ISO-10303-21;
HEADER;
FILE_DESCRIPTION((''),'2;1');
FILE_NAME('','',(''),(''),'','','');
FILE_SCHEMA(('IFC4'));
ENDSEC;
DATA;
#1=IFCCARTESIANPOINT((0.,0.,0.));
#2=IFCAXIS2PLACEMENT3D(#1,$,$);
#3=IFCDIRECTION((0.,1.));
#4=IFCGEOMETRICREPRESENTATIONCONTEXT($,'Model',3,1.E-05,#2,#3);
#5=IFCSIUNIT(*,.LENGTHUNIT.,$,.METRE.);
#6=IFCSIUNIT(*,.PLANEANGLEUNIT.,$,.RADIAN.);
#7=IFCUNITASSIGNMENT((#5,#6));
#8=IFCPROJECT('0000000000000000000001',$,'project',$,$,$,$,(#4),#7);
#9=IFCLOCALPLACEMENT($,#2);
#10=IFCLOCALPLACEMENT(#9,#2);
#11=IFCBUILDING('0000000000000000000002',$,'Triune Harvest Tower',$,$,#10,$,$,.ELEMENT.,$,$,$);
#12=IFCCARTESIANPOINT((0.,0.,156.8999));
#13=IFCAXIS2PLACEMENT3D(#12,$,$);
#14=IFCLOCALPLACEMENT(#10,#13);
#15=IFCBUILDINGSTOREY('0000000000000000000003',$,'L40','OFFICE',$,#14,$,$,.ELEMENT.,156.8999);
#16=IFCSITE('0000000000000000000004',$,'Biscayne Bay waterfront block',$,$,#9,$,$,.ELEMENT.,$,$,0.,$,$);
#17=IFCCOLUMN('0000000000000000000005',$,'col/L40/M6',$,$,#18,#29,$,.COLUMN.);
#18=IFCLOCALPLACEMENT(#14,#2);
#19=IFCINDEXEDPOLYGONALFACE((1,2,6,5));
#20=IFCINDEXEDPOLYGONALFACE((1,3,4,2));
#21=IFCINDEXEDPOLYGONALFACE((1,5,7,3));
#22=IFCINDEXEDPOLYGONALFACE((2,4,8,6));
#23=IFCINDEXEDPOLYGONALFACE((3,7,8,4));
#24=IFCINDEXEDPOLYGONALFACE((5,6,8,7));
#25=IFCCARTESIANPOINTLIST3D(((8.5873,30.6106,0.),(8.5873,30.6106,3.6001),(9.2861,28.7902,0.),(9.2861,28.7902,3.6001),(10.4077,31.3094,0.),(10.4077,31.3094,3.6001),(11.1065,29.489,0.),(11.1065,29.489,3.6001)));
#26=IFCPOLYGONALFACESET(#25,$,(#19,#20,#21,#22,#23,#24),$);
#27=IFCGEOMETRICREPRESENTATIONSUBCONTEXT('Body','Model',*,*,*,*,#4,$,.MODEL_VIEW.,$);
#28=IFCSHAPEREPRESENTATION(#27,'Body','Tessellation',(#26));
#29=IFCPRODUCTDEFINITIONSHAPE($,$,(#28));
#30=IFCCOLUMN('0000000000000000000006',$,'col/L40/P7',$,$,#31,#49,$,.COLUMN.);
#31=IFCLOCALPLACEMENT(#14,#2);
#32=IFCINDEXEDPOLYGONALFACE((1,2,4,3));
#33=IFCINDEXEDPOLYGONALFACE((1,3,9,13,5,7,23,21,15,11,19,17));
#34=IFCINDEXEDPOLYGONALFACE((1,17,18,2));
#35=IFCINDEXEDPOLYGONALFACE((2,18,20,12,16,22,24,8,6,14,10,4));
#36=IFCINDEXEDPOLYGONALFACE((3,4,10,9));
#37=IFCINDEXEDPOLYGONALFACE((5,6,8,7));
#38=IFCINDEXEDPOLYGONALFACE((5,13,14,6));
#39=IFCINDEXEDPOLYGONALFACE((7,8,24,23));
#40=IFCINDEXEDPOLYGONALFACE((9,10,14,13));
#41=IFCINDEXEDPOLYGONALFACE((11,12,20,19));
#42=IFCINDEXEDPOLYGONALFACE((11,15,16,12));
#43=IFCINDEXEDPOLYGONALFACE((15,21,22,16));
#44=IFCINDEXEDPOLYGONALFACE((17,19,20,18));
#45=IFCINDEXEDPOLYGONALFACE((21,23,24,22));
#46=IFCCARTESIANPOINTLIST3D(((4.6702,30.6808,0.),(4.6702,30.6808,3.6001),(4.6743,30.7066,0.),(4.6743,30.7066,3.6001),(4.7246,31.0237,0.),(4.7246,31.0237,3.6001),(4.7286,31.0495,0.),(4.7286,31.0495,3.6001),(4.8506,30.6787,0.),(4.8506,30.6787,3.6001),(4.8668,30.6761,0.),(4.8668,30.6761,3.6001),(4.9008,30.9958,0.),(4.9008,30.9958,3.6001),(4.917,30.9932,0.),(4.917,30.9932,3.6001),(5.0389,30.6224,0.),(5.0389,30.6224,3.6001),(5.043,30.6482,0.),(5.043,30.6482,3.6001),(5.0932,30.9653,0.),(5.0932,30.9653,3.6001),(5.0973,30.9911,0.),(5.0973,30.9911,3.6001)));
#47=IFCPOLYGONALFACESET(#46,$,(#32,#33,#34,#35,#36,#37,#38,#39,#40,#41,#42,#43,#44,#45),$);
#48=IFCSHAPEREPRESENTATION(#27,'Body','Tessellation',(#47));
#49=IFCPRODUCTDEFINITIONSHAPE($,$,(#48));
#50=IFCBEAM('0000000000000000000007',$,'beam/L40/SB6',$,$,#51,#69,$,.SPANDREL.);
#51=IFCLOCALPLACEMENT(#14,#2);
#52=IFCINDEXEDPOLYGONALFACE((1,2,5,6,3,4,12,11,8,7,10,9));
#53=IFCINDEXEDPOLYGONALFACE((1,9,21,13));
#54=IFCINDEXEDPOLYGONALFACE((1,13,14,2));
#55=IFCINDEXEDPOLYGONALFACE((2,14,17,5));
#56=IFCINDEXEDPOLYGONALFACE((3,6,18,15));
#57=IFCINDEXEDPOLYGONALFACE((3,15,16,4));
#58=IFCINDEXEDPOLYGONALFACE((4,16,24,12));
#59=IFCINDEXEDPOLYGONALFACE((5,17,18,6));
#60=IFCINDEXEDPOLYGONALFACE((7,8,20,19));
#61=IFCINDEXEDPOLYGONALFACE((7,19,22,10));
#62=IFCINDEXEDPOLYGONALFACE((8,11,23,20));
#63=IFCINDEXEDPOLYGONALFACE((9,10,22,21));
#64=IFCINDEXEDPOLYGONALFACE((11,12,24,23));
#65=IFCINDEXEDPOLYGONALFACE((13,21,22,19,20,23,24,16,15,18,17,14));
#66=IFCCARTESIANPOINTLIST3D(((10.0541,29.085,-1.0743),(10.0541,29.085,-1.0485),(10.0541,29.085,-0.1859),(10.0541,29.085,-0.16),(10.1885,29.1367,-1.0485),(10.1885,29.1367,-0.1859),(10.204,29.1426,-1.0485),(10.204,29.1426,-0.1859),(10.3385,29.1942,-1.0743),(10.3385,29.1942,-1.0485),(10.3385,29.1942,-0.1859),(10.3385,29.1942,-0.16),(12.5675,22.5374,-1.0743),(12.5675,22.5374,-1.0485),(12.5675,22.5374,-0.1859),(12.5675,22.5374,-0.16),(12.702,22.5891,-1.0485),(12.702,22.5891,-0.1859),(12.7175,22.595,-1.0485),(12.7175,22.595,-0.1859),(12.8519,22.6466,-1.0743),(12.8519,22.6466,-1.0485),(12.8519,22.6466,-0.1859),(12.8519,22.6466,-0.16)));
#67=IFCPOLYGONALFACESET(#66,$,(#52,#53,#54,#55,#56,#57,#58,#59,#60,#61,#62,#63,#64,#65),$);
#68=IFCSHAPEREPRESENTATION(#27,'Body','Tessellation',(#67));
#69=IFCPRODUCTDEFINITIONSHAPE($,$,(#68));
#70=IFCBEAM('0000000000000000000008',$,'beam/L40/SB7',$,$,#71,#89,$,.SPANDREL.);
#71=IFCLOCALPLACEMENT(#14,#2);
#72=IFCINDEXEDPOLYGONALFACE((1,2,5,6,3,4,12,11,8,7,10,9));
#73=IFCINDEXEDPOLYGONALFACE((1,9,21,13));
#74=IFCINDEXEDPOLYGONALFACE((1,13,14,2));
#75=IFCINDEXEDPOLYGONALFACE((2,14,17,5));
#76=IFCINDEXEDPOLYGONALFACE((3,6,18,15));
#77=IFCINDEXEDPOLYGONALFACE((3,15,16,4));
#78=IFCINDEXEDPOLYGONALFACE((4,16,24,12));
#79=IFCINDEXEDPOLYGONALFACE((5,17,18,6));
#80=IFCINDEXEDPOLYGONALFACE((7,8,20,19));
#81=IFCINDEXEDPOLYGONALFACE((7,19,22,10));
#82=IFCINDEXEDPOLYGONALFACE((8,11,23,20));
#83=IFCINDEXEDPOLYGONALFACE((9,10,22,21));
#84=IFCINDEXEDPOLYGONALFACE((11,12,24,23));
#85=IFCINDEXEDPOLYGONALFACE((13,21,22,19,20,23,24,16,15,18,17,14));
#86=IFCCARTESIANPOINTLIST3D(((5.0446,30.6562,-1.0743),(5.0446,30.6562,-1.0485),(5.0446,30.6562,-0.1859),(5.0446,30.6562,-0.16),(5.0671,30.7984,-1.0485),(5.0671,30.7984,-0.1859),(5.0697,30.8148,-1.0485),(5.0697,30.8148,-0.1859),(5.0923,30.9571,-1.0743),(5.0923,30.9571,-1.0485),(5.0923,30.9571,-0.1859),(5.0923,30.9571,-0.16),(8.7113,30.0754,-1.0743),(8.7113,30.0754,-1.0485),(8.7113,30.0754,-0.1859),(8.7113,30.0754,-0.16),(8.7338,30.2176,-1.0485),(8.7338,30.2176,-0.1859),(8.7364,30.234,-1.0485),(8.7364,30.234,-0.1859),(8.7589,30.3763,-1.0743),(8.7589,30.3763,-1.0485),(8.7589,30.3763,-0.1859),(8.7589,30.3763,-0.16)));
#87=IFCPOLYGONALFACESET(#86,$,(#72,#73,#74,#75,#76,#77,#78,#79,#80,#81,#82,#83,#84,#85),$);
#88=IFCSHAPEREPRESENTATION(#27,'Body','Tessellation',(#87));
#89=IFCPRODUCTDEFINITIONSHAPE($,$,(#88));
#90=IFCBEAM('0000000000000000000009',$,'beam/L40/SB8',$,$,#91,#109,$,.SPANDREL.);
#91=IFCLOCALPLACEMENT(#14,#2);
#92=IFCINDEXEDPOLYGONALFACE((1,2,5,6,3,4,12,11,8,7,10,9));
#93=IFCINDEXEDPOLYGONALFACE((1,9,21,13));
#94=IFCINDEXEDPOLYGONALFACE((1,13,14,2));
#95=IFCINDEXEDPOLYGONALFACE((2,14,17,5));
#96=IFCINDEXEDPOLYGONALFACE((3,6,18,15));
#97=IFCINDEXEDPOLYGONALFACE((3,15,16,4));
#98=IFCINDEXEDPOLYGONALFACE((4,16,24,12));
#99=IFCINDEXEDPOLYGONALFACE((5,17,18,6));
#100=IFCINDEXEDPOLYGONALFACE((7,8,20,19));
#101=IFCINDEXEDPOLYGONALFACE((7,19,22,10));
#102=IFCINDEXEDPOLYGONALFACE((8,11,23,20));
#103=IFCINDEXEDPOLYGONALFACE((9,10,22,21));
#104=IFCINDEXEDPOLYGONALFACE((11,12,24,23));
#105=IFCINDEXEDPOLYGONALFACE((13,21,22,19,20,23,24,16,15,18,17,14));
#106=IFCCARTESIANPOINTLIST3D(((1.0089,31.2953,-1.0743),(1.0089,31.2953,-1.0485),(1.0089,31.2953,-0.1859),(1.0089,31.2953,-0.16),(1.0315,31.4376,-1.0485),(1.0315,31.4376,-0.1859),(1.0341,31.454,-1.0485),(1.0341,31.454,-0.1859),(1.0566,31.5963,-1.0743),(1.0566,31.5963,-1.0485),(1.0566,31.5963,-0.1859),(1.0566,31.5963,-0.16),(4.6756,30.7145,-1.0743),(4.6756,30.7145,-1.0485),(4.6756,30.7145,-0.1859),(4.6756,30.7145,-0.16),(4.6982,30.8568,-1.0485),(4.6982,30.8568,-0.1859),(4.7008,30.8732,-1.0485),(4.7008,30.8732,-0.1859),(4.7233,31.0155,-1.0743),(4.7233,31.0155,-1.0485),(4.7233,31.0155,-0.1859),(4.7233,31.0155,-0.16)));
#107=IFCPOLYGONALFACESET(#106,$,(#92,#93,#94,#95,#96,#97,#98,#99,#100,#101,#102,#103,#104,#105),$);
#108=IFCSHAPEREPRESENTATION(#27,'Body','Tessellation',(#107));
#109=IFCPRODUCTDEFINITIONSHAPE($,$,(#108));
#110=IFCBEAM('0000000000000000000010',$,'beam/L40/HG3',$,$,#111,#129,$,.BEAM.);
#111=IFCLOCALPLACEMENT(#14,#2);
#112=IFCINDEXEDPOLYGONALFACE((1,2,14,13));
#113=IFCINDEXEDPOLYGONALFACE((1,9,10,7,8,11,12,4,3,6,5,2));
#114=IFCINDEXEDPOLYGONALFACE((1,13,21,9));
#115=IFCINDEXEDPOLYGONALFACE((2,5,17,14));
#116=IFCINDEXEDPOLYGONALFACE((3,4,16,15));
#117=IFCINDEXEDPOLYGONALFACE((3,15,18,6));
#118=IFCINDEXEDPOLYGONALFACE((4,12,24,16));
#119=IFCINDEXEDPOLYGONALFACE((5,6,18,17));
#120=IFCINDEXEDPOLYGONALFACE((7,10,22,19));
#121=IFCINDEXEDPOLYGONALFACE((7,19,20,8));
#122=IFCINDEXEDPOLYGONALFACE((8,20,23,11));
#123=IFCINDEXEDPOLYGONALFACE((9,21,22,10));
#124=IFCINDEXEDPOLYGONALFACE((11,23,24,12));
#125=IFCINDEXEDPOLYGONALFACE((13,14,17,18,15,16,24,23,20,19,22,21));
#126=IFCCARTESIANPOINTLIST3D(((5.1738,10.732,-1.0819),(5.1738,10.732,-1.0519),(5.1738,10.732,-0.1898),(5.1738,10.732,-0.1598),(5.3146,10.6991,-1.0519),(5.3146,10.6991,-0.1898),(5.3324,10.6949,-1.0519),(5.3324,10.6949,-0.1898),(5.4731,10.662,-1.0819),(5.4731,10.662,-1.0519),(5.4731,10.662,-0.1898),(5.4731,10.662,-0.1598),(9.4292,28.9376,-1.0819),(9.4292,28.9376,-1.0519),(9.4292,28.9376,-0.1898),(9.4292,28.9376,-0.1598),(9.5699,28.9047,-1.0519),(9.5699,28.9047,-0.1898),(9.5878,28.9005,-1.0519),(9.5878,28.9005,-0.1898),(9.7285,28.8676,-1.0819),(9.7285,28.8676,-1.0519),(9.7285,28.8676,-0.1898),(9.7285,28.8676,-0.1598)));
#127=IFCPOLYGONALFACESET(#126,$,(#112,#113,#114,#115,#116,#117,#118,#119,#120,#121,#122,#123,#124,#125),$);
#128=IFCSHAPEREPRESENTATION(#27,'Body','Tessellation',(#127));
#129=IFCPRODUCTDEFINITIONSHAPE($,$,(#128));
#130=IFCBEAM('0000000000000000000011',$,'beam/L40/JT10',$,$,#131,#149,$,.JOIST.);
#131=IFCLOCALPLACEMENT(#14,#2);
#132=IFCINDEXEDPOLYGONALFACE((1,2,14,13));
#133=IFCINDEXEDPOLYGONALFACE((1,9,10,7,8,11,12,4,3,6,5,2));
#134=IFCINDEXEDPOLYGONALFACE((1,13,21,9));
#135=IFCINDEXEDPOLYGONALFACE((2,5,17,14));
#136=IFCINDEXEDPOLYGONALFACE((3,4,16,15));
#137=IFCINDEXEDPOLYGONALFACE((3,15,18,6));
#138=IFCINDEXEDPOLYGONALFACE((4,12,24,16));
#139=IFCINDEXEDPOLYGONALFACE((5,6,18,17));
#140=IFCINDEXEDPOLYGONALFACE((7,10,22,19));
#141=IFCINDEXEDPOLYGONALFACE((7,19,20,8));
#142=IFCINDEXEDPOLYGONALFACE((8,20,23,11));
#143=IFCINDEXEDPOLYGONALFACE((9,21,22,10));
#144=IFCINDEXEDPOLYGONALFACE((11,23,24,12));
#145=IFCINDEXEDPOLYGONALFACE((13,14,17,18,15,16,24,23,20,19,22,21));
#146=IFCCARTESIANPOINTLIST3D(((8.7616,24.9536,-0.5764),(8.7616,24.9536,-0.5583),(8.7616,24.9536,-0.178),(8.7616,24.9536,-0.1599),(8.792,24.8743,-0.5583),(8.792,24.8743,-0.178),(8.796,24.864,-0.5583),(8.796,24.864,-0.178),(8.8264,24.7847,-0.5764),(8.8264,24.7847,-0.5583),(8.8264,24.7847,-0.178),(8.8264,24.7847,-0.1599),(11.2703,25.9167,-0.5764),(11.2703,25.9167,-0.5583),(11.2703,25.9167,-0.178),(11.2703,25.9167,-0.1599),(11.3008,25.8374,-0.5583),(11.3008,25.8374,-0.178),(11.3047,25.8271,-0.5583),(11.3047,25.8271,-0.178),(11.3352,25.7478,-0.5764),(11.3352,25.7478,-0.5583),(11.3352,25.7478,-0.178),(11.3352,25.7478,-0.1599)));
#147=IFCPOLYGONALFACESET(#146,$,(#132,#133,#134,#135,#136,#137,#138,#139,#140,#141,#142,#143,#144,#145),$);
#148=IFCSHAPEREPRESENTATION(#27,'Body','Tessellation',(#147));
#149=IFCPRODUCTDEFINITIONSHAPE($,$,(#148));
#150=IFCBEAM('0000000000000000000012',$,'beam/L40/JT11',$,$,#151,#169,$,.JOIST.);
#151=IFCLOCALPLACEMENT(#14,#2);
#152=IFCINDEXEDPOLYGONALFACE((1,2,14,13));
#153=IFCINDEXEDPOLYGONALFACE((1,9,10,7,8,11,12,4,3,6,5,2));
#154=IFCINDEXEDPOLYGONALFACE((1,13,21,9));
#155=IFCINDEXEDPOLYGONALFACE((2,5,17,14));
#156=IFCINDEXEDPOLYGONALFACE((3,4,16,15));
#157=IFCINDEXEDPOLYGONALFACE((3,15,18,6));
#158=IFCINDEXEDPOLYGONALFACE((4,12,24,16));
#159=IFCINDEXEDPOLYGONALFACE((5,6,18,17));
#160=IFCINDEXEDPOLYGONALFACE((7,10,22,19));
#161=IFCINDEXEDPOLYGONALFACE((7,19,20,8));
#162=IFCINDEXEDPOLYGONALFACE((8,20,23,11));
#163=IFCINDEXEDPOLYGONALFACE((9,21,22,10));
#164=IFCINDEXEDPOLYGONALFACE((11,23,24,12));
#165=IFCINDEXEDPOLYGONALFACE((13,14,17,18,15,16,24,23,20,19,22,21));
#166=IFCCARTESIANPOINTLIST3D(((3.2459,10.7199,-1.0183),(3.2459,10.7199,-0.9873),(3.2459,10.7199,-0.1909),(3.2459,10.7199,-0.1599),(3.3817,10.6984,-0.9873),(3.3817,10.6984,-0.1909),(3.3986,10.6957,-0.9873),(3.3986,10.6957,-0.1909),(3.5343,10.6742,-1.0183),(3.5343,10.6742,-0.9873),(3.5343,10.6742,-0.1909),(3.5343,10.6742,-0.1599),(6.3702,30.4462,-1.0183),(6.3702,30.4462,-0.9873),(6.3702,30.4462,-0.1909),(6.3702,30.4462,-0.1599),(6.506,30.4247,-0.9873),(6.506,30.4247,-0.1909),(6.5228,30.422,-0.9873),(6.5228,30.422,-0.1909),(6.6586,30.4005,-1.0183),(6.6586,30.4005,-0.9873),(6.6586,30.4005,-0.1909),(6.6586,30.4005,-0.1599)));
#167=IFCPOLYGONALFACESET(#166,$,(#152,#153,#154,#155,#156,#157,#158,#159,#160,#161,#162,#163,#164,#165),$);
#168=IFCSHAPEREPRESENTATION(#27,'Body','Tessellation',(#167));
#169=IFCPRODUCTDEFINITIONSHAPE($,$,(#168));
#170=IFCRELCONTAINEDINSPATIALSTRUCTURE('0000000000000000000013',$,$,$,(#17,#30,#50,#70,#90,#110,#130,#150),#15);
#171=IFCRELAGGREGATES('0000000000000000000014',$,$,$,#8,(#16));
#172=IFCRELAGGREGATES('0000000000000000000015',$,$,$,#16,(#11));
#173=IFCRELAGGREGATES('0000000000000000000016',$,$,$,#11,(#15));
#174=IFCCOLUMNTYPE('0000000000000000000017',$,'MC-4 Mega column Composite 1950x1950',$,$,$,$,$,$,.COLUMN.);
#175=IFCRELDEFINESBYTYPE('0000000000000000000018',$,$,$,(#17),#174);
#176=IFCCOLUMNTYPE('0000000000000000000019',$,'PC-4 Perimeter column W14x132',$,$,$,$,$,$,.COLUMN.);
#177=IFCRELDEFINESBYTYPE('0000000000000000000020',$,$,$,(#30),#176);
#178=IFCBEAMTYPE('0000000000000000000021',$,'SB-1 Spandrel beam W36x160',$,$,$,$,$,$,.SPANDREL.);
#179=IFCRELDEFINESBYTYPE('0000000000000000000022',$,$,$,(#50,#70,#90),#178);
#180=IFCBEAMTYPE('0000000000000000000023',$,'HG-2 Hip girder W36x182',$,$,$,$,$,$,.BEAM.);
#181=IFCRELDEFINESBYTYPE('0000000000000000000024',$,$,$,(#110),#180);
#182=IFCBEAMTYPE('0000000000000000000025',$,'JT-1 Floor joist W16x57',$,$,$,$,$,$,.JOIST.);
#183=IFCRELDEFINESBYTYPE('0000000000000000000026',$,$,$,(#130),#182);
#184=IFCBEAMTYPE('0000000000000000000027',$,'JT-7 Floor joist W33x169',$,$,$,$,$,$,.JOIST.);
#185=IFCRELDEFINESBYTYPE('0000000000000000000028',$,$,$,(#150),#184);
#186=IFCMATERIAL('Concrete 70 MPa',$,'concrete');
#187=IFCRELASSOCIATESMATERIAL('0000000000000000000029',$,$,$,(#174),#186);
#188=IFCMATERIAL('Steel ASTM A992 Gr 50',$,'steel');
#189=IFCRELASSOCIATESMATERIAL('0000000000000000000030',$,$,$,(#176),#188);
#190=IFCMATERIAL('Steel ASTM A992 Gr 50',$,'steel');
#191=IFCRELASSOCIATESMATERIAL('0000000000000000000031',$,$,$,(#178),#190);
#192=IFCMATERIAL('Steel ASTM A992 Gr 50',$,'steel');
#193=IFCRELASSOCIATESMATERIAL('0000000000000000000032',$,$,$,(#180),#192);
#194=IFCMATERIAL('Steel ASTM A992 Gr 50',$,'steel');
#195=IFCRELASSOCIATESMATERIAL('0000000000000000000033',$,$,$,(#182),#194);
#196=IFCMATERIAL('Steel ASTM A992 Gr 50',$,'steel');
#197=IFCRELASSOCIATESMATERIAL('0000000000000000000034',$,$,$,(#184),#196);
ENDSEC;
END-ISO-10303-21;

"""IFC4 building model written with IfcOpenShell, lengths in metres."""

from ifc_helpers import new_model, si_unit, direction, frame, origin, origin_2d, place, context, subcontext, project, spatial, rectangle, i_section, extrude, source, transform, mapped, material, material_profile, profile_set, type_object, element, save


model = new_model("IFC4")

# Units and contexts
model_context = context("Model", 3, precision=1e-05, world=origin(), true_north=direction((0.0, 1.0)))
body_context = subcontext(model_context, "Body", "Model", "MODEL_VIEW")
ifc_project = project(units=[si_unit("LENGTHUNIT", "METRE"), si_unit("PLANEANGLEUNIT", "RADIAN")], contexts=[model_context])

# Site, building, storey
site_placement = place(None, origin())
site = spatial("IfcSite", under=ifc_project, at=site_placement, Name="Biscayne Bay waterfront block", CompositionType="ELEMENT", RefElevation=0.0)
building_placement = place(site_placement, origin())
building = spatial("IfcBuilding", under=site, at=building_placement, Name="Triune Harvest Tower", CompositionType="ELEMENT")
storey_placement = place(building_placement, frame((0.0, 0.0, 156.8999)))
storey = spatial("IfcBuildingStorey", under=building, at=storey_placement, Name="L40", Description="OFFICE", CompositionType="ELEMENT", Elevation=156.8999)

# Columns
ifc_material_1 = material(Name="Concrete 70 MPa", Category="concrete")
ifc_material_profile_1 = material_profile(ifc_material_1, rectangle(XDim=1.95, YDim=1.95, at=origin_2d()), Name="Composite 1950x1950")
ifc_profile_set_1 = profile_set([ifc_material_profile_1], Name="Concrete 70 MPa")
column_type_1 = type_object("IfcColumnType", Name="MC-4 Mega column Composite 1950x1950", PredefinedType="COLUMN", material=ifc_profile_set_1)
shared_shape_1 = source(origin(), body_context, "Body", "SweptSolid", [
    extrude(rectangle(XDim=1.95, YDim=1.95, at=origin_2d()), origin(), (0.0, 0.0, 1.0), 3.6001),
])
column_1_placement = place(storey_placement, frame((9.8469, 30.0498, 0.0), z_axis=(0.0, 0.0, 1.0), x_axis=(-0.358368, 0.93358, 0.0)))
element("IfcColumn", 1, at=column_1_placement, inside=storey, type_object=column_type_1, Name="col/L40/M6", PredefinedType="COLUMN", context=body_context, shape_type="MappedRepresentation", body=[
    mapped(shared_shape_1, transform((0.0, 0.0, 0.0), scale=1.0)),
])
ifc_material_2 = material(Name="Steel ASTM A992 Gr 50", Category="steel")
ifc_material_profile_2 = material_profile(ifc_material_2, i_section(OverallWidth=0.3733, OverallDepth=0.3733, WebThickness=0.0164, FlangeThickness=0.0261, at=origin_2d()), Name="W14x132")
ifc_profile_set_2 = profile_set([ifc_material_profile_2], Name="Steel ASTM A992 Gr 50")
column_type_2 = type_object("IfcColumnType", Name="PC-4 Perimeter column W14x132", PredefinedType="COLUMN", material=ifc_profile_set_2)
shared_shape_2 = source(origin(), body_context, "Body", "SweptSolid", [
    extrude(i_section(OverallWidth=0.3733, OverallDepth=0.3733, WebThickness=0.0164, FlangeThickness=0.0261, at=origin_2d()), origin(), (0.0, 0.0, 1.0), 3.6001),
])
column_2_placement = place(storey_placement, frame((4.8838, 30.8359, 0.0), z_axis=(0.0, 0.0, 1.0), x_axis=(-0.987688, 0.156434, 0.0)))
element("IfcColumn", 2, at=column_2_placement, inside=storey, type_object=column_type_2, Name="col/L40/P7", PredefinedType="COLUMN", context=body_context, shape_type="MappedRepresentation", body=[
    mapped(shared_shape_2, transform((0.0, 0.0, 0.0), scale=1.0)),
])

# Beams
ifc_material_3 = material(Name="Steel ASTM A992 Gr 50", Category="steel")
ifc_material_profile_3 = material_profile(ifc_material_3, i_section(OverallWidth=0.3047, OverallDepth=0.9143, WebThickness=0.0166, FlangeThickness=0.0259, at=origin_2d()), Name="W36x160")
ifc_profile_set_3 = profile_set([ifc_material_profile_3], Name="Steel ASTM A992 Gr 50")
beam_type_1 = type_object("IfcBeamType", Name="SB-1 Spandrel beam W36x160", PredefinedType="SPANDREL", material=ifc_profile_set_3)
shared_shape_3 = source(origin(), body_context, "Body", "SweptSolid", [
    extrude(i_section(OverallWidth=0.3047, OverallDepth=0.9143, WebThickness=0.0166, FlangeThickness=0.0259, at=origin_2d()), origin(), (0.0, 0.0, 1.0), 7.0134),
])
beam_1_placement = place(storey_placement, frame((12.7097, 22.592, -0.6172), z_axis=(-0.358373, 0.933579, 0.0), x_axis=(-0.933579, -0.358373, 0.0)))
element("IfcBeam", 3, at=beam_1_placement, inside=storey, type_object=beam_type_1, Name="beam/L40/SB6", PredefinedType="SPANDREL", context=body_context, shape_type="MappedRepresentation", body=[
    mapped(shared_shape_3, transform((0.0, 0.0, 0.0), scale=1.0)),
])
shared_shape_4 = source(origin(), body_context, "Body", "SweptSolid", [
    extrude(i_section(OverallWidth=0.3047, OverallDepth=0.9143, WebThickness=0.0166, FlangeThickness=0.0259, at=origin_2d()), origin(), (0.0, 0.0, 1.0), 3.7124),
])
for number, where, z_axis, x_axis, name in (
    (4, (8.7351, 30.2258, -0.6172), (-0.987686, 0.156449, 0.0), (-0.156449, -0.987686, 0.0), "beam/L40/SB7"),
    (5, (4.6995, 30.865, -0.6172), (-0.987686, 0.156449, 0.0), (-0.156449, -0.987686, 0.0), "beam/L40/SB8"),
):
    element("IfcBeam", number, at=place(storey_placement, frame(where, z_axis=z_axis, x_axis=x_axis)), inside=storey, type_object=beam_type_1, Name=name, PredefinedType="SPANDREL", context=body_context, shape_type="MappedRepresentation", body=[
        mapped(shared_shape_4, transform((0.0, 0.0, 0.0), scale=1.0)),
    ])
ifc_material_4 = material(Name="Steel ASTM A992 Gr 50", Category="steel")
ifc_material_profile_4 = material_profile(ifc_material_4, i_section(OverallWidth=0.3074, OverallDepth=0.9221, WebThickness=0.0183, FlangeThickness=0.03, at=origin_2d()), Name="W36x182")
ifc_profile_set_4 = profile_set([ifc_material_profile_4], Name="Steel ASTM A992 Gr 50")
beam_type_2 = type_object("IfcBeamType", Name="HG-2 Hip girder W36x182", PredefinedType="BEAM", material=ifc_profile_set_4)
shared_shape_5 = source(origin(), body_context, "Body", "SweptSolid", [
    extrude(i_section(OverallWidth=0.3074, OverallDepth=0.9221, WebThickness=0.0183, FlangeThickness=0.03, at=origin_2d()), origin(), (0.0, 0.0, 1.0), 18.6963),
])
beam_2_placement = place(storey_placement, frame((9.5789, 28.9026, -0.6208), z_axis=(-0.227605, -0.973753, 0.0), x_axis=(0.973753, -0.227605, 0.0)))
element("IfcBeam", 6, at=beam_2_placement, inside=storey, type_object=beam_type_2, Name="beam/L40/HG3", PredefinedType="BEAM", context=body_context, shape_type="MappedRepresentation", body=[
    mapped(shared_shape_5, transform((0.0, 0.0, 0.0), scale=1.0)),
])
ifc_material_5 = material(Name="Steel ASTM A992 Gr 50", Category="steel")
ifc_material_profile_5 = material_profile(ifc_material_5, i_section(OverallWidth=0.1809, OverallDepth=0.4165, WebThickness=0.011, FlangeThickness=0.0181, at=origin_2d()), Name="W16x57")
ifc_profile_set_5 = profile_set([ifc_material_profile_5], Name="Steel ASTM A992 Gr 50")
beam_type_3 = type_object("IfcBeamType", Name="JT-1 Floor joist W16x57", PredefinedType="JOIST", material=ifc_profile_set_5)
shared_shape_6 = source(origin(), body_context, "Body", "SweptSolid", [
    extrude(i_section(OverallWidth=0.1809, OverallDepth=0.4165, WebThickness=0.011, FlangeThickness=0.0181, at=origin_2d()), origin(), (0.0, 0.0, 1.0), 2.6873),
])
beam_3_placement = place(storey_placement, frame((11.3027, 25.8323, -0.3682), z_axis=(-0.933568, -0.358401, 0.0), x_axis=(0.358401, -0.933568, 0.0)))
element("IfcBeam", 7, at=beam_3_placement, inside=storey, type_object=beam_type_3, Name="beam/L40/JT10", PredefinedType="JOIST", context=body_context, shape_type="MappedRepresentation", body=[
    mapped(shared_shape_6, transform((0.0, 0.0, 0.0), scale=1.0)),
])
ifc_material_6 = material(Name="Steel ASTM A992 Gr 50", Category="steel")
ifc_material_profile_6 = material_profile(ifc_material_6, i_section(OverallWidth=0.292, OverallDepth=0.8584, WebThickness=0.0171, FlangeThickness=0.031, at=origin_2d()), Name="W33x169")
ifc_profile_set_6 = profile_set([ifc_material_profile_6], Name="Steel ASTM A992 Gr 50")
beam_type_4 = type_object("IfcBeamType", Name="JT-7 Floor joist W33x169", PredefinedType="JOIST", material=ifc_profile_set_6)
shared_shape_7 = source(origin(), body_context, "Body", "SweptSolid", [
    extrude(i_section(OverallWidth=0.292, OverallDepth=0.8584, WebThickness=0.0171, FlangeThickness=0.031, at=origin_2d()), origin(), (0.0, 0.0, 1.0), 19.9722),
])
beam_4_placement = place(storey_placement, frame((6.5144, 30.4233, -0.5891), z_axis=(-0.156431, -0.987689, 0.0), x_axis=(0.987689, -0.156431, 0.0)))
element("IfcBeam", 8, at=beam_4_placement, inside=storey, type_object=beam_type_4, Name="beam/L40/JT11", PredefinedType="JOIST", context=body_context, shape_type="MappedRepresentation", body=[
    mapped(shared_shape_7, transform((0.0, 0.0, 0.0), scale=1.0)),
])

save(model, "model.ifc")
